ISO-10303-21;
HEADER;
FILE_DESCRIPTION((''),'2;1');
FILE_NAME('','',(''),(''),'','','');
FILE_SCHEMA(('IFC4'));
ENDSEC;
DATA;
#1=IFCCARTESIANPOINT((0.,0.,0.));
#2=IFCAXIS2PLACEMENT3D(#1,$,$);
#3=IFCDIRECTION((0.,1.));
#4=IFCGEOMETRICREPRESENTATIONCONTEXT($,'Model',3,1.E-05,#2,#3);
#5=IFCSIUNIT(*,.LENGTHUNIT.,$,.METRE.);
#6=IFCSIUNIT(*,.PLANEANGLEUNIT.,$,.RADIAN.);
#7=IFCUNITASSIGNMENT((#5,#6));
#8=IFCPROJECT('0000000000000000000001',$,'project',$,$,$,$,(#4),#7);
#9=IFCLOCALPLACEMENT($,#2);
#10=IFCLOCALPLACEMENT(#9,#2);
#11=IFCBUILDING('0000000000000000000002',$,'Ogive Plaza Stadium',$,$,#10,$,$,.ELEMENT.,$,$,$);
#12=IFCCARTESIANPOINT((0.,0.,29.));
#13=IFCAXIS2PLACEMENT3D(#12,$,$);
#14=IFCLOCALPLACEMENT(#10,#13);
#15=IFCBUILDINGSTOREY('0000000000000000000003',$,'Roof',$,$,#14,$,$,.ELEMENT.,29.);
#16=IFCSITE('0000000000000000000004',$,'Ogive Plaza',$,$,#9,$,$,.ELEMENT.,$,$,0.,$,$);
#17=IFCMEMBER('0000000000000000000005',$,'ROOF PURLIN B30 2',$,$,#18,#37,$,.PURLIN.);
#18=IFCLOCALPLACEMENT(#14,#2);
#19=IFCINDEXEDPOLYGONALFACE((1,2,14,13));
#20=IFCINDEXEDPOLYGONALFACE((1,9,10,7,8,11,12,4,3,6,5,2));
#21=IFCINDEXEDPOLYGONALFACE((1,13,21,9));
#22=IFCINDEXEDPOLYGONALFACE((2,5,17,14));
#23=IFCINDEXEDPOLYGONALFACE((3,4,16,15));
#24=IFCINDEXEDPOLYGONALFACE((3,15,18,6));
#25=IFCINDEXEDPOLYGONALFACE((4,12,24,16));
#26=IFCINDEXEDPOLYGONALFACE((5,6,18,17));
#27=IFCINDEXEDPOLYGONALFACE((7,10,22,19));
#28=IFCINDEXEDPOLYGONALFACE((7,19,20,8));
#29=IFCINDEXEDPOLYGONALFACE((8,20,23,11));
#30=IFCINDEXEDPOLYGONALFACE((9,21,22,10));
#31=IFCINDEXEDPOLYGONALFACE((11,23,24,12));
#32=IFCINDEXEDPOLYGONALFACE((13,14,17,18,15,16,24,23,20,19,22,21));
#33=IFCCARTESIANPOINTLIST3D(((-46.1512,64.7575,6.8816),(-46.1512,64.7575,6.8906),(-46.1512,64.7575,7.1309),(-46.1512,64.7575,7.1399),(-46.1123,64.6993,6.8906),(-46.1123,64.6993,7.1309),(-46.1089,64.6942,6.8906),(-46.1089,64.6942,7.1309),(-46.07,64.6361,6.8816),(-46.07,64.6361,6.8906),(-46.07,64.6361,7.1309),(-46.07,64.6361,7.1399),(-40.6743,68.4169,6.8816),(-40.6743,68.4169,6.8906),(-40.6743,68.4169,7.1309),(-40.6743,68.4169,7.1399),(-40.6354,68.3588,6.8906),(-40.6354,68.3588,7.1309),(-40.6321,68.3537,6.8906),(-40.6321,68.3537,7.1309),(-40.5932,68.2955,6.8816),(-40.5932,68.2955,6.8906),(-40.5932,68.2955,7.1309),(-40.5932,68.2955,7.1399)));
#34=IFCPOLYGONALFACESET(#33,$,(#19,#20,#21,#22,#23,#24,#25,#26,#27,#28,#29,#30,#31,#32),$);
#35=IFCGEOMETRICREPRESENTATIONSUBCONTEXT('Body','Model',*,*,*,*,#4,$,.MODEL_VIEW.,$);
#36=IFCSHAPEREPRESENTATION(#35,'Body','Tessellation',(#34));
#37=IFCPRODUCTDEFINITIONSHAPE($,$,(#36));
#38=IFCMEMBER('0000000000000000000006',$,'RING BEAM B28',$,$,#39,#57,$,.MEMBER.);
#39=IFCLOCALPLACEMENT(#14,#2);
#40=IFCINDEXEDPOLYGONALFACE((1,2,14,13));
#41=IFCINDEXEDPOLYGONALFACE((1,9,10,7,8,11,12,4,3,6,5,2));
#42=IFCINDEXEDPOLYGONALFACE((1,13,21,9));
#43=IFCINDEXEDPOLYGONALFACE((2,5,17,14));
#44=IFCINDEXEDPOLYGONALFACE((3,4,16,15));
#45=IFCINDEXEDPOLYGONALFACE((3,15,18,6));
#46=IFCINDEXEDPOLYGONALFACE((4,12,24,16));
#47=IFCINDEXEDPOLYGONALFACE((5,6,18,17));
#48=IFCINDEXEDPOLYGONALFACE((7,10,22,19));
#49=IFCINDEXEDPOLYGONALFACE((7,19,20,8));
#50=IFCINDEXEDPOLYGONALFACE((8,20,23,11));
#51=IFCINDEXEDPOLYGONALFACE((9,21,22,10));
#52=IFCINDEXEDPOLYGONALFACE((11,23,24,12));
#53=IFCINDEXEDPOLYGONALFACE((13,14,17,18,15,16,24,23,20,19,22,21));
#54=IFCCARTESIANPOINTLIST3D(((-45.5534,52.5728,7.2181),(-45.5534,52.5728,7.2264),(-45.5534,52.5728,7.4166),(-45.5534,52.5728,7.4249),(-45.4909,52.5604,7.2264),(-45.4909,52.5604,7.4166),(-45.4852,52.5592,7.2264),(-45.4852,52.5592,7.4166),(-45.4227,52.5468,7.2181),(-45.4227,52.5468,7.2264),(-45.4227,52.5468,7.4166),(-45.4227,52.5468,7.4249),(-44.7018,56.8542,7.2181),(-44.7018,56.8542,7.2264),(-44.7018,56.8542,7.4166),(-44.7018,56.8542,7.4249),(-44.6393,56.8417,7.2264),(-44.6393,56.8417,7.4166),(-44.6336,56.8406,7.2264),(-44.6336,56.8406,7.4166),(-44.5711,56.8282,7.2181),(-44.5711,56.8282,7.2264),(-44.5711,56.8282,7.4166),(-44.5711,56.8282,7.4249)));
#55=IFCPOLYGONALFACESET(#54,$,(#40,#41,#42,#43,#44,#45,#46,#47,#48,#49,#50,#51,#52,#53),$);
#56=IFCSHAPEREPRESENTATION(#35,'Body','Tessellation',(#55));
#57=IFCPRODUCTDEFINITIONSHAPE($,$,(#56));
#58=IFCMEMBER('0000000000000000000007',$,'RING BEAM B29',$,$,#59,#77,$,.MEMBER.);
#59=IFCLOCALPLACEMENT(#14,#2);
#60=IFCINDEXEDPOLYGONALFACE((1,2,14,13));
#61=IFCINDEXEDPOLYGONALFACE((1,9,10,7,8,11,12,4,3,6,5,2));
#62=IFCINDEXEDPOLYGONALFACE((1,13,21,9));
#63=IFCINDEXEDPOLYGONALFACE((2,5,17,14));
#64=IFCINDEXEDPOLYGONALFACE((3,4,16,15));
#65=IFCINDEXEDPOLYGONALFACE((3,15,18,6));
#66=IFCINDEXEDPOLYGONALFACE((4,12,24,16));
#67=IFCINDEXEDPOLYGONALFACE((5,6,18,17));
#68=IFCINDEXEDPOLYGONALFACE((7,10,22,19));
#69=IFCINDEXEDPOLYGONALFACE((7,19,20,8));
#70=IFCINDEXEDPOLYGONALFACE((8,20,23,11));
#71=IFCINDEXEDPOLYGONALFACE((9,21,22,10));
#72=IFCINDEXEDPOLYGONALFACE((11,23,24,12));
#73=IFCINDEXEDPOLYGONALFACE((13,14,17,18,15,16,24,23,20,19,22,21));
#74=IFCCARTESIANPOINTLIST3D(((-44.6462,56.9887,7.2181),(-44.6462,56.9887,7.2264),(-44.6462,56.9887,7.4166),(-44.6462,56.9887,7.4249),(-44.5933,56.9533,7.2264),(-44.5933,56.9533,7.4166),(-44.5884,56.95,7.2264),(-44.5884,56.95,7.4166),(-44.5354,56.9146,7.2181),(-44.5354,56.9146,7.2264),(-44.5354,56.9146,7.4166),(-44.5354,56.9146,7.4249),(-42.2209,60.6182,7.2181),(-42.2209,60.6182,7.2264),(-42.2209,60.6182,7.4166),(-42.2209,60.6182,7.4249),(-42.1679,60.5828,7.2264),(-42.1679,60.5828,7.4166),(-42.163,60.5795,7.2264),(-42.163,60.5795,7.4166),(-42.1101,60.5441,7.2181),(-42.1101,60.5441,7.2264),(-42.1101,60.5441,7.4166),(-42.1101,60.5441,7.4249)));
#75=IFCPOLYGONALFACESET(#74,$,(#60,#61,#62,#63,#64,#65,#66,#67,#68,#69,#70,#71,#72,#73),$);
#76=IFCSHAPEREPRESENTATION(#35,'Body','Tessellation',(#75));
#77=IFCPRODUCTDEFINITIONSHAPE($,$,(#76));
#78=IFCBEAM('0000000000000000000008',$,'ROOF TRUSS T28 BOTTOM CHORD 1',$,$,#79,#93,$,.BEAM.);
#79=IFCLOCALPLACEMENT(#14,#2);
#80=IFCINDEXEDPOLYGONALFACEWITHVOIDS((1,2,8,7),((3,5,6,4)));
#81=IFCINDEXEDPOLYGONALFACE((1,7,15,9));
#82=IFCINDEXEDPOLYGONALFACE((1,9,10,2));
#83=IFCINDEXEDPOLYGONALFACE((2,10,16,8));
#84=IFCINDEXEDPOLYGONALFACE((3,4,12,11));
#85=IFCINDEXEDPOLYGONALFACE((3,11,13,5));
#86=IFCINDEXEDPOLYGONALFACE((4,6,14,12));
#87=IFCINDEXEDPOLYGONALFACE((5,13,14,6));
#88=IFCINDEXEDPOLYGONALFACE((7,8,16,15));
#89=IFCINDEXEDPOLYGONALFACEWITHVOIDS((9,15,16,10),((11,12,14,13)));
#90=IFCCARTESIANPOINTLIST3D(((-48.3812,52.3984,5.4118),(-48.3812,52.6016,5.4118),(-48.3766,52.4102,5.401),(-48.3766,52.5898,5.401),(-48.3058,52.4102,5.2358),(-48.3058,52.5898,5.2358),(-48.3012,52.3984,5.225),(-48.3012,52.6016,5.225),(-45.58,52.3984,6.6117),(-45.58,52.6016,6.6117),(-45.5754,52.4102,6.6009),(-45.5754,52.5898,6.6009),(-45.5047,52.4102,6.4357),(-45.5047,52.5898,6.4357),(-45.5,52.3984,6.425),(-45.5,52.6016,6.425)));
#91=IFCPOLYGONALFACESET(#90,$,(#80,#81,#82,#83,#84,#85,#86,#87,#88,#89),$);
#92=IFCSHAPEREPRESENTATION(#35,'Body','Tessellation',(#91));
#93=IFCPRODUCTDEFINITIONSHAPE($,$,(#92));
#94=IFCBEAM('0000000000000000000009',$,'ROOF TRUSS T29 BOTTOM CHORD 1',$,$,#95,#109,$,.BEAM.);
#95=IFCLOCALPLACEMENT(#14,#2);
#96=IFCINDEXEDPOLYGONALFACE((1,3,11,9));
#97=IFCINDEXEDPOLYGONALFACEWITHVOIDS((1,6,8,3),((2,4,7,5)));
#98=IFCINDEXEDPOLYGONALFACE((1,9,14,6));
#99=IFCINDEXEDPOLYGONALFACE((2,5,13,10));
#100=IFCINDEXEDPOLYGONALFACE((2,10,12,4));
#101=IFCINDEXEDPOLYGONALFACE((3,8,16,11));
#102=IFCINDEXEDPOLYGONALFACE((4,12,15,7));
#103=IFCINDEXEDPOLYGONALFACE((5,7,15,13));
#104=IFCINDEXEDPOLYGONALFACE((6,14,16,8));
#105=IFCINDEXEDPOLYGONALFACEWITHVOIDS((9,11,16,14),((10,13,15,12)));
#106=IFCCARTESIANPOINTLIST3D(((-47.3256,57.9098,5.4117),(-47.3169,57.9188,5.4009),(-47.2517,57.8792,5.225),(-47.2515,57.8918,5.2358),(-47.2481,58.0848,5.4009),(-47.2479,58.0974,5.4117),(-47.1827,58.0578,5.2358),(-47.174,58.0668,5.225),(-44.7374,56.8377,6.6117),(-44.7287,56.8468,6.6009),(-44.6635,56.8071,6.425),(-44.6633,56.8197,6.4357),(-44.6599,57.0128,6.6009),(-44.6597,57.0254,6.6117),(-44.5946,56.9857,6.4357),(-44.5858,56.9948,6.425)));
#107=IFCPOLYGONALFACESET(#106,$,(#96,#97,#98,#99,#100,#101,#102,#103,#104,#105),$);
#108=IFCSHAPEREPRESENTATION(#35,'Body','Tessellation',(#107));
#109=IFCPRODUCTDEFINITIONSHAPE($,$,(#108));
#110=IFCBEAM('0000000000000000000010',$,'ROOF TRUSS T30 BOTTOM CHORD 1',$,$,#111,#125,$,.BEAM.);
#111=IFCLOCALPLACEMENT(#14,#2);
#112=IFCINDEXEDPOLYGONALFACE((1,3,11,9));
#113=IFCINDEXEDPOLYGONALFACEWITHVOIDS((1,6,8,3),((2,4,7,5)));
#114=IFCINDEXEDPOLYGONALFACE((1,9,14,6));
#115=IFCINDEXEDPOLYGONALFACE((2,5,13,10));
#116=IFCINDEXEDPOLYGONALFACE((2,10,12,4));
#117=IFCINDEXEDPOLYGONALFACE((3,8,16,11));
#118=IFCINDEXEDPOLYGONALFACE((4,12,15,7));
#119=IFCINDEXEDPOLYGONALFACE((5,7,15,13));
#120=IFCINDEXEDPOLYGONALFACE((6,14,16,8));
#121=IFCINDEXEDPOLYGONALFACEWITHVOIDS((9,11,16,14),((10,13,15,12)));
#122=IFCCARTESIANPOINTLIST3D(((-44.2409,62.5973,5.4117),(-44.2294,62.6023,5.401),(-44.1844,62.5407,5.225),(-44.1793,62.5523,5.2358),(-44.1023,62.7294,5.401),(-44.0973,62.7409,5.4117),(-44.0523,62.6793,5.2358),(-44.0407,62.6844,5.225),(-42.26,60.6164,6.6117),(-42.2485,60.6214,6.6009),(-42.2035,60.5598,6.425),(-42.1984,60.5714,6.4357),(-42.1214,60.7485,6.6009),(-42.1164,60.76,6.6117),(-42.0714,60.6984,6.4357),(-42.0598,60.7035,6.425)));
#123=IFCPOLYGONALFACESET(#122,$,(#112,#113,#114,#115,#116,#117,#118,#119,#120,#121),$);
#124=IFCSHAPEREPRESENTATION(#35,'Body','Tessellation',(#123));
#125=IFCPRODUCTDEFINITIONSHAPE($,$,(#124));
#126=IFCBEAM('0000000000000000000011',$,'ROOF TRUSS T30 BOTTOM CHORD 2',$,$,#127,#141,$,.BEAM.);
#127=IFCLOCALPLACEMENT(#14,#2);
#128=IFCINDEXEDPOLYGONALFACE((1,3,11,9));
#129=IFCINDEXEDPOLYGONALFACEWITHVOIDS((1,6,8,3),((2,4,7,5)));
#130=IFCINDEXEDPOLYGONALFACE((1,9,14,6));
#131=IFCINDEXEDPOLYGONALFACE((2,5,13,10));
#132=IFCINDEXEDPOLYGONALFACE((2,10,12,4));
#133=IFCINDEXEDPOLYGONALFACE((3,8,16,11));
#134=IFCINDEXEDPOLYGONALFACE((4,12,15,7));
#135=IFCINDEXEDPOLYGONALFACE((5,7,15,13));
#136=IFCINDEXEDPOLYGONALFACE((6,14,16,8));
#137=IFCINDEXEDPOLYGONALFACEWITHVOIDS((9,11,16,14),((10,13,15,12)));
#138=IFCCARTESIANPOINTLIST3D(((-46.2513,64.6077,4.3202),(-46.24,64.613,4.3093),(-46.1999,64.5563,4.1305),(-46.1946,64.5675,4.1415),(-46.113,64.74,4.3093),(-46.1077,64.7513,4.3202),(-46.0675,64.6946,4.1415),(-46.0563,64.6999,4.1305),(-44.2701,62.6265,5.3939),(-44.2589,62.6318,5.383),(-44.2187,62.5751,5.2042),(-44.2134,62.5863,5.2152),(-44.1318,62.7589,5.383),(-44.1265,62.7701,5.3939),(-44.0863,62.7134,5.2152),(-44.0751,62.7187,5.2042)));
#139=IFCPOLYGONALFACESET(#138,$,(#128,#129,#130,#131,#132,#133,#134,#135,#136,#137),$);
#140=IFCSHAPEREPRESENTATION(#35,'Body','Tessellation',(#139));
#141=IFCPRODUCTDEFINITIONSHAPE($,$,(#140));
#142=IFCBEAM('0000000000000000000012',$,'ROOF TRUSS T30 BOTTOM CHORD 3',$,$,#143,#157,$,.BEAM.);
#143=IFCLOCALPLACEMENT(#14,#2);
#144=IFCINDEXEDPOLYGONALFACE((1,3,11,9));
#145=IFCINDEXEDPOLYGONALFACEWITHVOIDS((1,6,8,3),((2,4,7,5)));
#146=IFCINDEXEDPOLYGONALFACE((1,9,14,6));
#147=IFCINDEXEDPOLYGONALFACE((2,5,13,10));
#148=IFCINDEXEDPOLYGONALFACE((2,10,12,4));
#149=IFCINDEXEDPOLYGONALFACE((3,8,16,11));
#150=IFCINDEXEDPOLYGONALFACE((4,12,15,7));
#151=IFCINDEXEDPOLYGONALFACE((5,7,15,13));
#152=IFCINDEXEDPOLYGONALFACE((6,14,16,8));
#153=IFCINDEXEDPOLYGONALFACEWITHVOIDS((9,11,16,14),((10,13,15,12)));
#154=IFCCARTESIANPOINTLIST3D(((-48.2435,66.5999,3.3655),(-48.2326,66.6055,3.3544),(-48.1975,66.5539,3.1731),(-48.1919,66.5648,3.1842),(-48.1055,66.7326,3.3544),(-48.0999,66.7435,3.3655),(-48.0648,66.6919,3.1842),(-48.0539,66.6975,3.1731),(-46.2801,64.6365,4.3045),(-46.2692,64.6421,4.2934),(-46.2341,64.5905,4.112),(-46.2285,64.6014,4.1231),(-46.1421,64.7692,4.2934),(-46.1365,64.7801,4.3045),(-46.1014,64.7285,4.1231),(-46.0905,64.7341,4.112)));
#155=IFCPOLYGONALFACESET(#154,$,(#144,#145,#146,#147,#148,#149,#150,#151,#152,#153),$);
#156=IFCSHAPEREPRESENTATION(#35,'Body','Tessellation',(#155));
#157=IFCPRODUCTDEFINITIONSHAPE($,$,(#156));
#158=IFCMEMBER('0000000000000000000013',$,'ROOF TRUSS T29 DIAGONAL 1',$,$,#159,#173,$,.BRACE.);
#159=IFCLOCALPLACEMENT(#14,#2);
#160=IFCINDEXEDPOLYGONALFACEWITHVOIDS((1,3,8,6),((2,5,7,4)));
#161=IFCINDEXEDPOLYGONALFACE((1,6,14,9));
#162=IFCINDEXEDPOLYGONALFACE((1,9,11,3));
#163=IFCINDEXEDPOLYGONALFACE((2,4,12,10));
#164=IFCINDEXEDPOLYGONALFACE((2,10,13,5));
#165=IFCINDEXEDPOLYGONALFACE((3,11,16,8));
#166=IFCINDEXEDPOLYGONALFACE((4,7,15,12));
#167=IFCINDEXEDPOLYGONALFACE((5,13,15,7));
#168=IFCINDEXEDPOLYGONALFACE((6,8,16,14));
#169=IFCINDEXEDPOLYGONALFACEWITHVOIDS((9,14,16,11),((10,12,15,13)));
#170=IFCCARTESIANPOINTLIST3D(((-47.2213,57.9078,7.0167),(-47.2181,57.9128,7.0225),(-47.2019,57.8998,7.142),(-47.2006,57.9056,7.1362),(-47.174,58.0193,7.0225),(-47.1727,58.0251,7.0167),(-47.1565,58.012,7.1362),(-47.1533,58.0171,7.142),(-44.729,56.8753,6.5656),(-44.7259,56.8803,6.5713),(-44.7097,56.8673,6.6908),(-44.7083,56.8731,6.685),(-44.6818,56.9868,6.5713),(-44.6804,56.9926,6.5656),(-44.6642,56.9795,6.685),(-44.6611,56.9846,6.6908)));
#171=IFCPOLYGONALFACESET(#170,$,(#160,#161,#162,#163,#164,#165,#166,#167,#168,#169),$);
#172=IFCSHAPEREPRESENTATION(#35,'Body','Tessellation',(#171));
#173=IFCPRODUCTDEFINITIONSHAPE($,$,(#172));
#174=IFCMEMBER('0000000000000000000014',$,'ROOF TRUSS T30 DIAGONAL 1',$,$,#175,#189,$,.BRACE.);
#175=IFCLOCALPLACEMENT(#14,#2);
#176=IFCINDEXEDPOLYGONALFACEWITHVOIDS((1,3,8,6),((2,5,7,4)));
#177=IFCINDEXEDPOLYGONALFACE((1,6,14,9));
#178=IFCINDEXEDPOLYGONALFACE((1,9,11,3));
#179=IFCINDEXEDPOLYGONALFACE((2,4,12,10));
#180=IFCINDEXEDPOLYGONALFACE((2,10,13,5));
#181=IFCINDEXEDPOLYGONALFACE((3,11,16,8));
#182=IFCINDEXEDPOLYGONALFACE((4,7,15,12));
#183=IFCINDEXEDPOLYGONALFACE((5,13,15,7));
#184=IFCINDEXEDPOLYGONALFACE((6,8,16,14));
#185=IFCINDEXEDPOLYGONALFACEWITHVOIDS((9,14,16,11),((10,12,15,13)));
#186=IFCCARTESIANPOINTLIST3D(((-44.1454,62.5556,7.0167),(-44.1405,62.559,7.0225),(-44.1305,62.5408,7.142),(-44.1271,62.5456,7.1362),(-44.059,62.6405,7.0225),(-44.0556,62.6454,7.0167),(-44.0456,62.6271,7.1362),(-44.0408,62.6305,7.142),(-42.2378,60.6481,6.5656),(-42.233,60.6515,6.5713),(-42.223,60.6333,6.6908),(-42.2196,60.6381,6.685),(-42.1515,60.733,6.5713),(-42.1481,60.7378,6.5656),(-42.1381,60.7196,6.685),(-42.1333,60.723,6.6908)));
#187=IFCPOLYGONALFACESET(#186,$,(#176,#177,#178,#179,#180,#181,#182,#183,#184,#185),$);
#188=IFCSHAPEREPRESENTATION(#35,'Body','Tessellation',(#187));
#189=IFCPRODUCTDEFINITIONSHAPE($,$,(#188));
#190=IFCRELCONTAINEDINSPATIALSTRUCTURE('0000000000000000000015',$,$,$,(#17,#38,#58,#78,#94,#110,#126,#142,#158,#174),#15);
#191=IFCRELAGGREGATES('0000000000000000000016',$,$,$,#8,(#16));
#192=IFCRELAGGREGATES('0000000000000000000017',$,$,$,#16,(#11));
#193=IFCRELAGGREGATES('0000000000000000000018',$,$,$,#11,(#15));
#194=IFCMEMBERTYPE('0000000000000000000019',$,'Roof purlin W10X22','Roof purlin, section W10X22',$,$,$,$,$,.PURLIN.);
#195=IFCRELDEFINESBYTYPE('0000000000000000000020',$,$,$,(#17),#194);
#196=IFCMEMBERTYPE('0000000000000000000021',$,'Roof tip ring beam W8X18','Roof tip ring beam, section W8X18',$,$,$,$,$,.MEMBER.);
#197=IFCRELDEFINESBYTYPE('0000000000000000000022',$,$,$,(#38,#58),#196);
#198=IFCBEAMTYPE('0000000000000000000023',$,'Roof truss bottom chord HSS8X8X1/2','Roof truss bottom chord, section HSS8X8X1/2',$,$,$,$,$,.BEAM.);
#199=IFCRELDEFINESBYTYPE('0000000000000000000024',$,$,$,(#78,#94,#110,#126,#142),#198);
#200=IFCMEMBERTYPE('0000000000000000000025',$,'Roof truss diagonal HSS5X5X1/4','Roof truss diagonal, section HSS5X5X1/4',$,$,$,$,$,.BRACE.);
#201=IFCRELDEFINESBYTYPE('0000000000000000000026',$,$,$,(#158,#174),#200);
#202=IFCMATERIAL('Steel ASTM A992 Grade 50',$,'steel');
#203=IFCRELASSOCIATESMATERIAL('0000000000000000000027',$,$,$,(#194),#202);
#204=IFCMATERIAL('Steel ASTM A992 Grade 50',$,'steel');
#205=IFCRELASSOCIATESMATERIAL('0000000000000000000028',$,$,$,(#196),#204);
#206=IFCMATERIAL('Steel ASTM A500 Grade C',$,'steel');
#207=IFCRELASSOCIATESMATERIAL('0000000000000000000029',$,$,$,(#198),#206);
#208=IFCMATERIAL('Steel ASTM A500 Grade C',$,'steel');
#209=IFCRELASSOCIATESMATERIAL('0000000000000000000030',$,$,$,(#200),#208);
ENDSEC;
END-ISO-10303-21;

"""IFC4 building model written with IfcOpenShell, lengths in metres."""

from ifc_helpers import new_model, si_unit, direction, frame, origin, origin_2d, place, context, subcontext, project, spatial, hollow_rectangle, i_section, extrude, material, material_profile, profile_set, type_object, element, save


model = new_model("IFC4")

# Units and contexts
model_context = context("Model", 3, precision=1e-05, world=origin(), true_north=direction((0.0, 1.0)))
body_context = subcontext(model_context, "Body", "Model", "MODEL_VIEW")
ifc_project = project(units=[si_unit("LENGTHUNIT", "METRE"), si_unit("PLANEANGLEUNIT", "RADIAN")], contexts=[model_context])

# Site, building, storey
site_placement = place(None, origin())
site = spatial("IfcSite", under=ifc_project, at=site_placement, Name="Ogive Plaza", CompositionType="ELEMENT", RefElevation=0.0)
building_placement = place(site_placement, origin())
building = spatial("IfcBuilding", under=site, at=building_placement, Name="Ogive Plaza Stadium", CompositionType="ELEMENT")
storey_placement = place(building_placement, frame((0.0, 0.0, 29.0)))
storey = spatial("IfcBuildingStorey", under=building, at=storey_placement, Name="Roof", CompositionType="ELEMENT", Elevation=29.0)

# Members
ifc_material_1 = material(Name="Steel ASTM A992 Grade 50", Category="steel")
ifc_material_profile_1 = material_profile(ifc_material_1, i_section(OverallWidth=0.146, OverallDepth=0.2583, WebThickness=0.0061, FlangeThickness=0.009, at=origin_2d()), Name="W10X22")
ifc_profile_set_1 = profile_set([ifc_material_profile_1], Name="Steel ASTM A992 Grade 50")
member_type_1 = type_object("IfcMemberType", Name="Roof purlin W10X22", Description="Roof purlin, section W10X22", PredefinedType="PURLIN", material=ifc_profile_set_1)
member_1_placement = place(storey_placement, frame((-46.1106, 64.6968, 7.0107), z_axis=(0.831474, 0.555564, 0.0), x_axis=(-0.555564, 0.831474, 0.0)))
element("IfcMember", 1, at=member_1_placement, inside=storey, type_object=member_type_1, Name="ROOF PURLIN B30 2", PredefinedType="PURLIN", context=body_context, shape_type="SweptSolid", body=[
    extrude(i_section(OverallWidth=0.146, OverallDepth=0.2583, WebThickness=0.0061, FlangeThickness=0.009, at=origin_2d()), origin(), (0.0, 0.0, 1.0), 6.5869),
])
ifc_material_2 = material(Name="Steel ASTM A992 Grade 50", Category="steel")
ifc_material_profile_2 = material_profile(ifc_material_2, i_section(OverallWidth=0.1333, OverallDepth=0.2068, WebThickness=0.0059, FlangeThickness=0.0083, at=origin_2d()), Name="W8X18")
ifc_profile_set_2 = profile_set([ifc_material_profile_2], Name="Steel ASTM A992 Grade 50")
member_type_2 = type_object("IfcMemberType", Name="Roof tip ring beam W8X18", Description="Roof tip ring beam, section W8X18", PredefinedType="MEMBER", material=ifc_profile_set_2)
for number, where, z_axis, x_axis, name in (
    (2, (-45.488, 52.5598, 7.3215), (0.195083, 0.980787, 0.0), (-0.980787, 0.195083, 0.0), "RING BEAM B28"),
    (3, (-44.5908, 56.9517, 7.3215), (0.555603, 0.831447, 0.0), (-0.831447, 0.555603, 0.0), "RING BEAM B29"),
):
    element("IfcMember", number, at=place(storey_placement, frame(where, z_axis=z_axis, x_axis=x_axis)), inside=storey, type_object=member_type_2, Name=name, PredefinedType="MEMBER", context=body_context, shape_type="SweptSolid", body=[
        extrude(i_section(OverallWidth=0.1333, OverallDepth=0.2068, WebThickness=0.0059, FlangeThickness=0.0083, at=origin_2d()), origin(), (0.0, 0.0, 1.0), 4.3652),
    ])

# Beams
ifc_material_3 = material(Name="Steel ASTM A500 Grade C", Category="steel")
ifc_material_profile_3 = material_profile(ifc_material_3, hollow_rectangle(XDim=0.2031, YDim=0.2031, WallThickness=0.0117, at=origin_2d()), Name="HSS8X8X1/2")
ifc_profile_set_3 = profile_set([ifc_material_profile_3], Name="Steel ASTM A500 Grade C")
beam_type_1 = type_object("IfcBeamType", Name="Roof truss bottom chord HSS8X8X1/2", Description="Roof truss bottom chord, section HSS8X8X1/2", PredefinedType="BEAM", material=ifc_profile_set_3)
beam_1_placement = place(storey_placement, frame((-45.54, 52.5, 6.5183), z_axis=(-0.919215, 0.0, -0.393755), x_axis=(0.0, -1.0, 0.0)))
element("IfcBeam", 4, at=beam_1_placement, inside=storey, type_object=beam_type_1, Name="ROOF TRUSS T28 BOTTOM CHORD 1", PredefinedType="BEAM", context=body_context, shape_type="SweptSolid", body=[
    extrude(hollow_rectangle(XDim=0.2031, YDim=0.2031, WallThickness=0.0117, at=origin_2d()), origin(), (0.0, 0.0, 1.0), 3.0474),
])
for number, where, z_axis, x_axis, name in (
    (5, (-44.6616, 56.9163, 6.5183), (-0.849251, 0.351765, -0.393743), (-0.382678, -0.923882, 0.0), "ROOF TRUSS T29 BOTTOM CHORD 1"),
    (6, (-42.1599, 60.6599, 6.5183), (-0.649992, 0.649992, -0.393728), (-0.707107, -0.707107, 0.0), "ROOF TRUSS T30 BOTTOM CHORD 1"),
):
    element("IfcBeam", number, at=place(storey_placement, frame(where, z_axis=z_axis, x_axis=x_axis)), inside=storey, type_object=beam_type_1, Name=name, PredefinedType="BEAM", context=body_context, shape_type="SweptSolid", body=[
        extrude(hollow_rectangle(XDim=0.2031, YDim=0.2031, WallThickness=0.0117, at=origin_2d()), origin(), (0.0, 0.0, 1.0), 3.0476),
    ])
beam_2_placement = place(storey_placement, frame((-44.1726, 62.6726, 5.2991), z_axis=(-0.660283, 0.660283, -0.357846), x_axis=(-0.707107, -0.707107, 0.0)))
element("IfcBeam", 7, at=beam_2_placement, inside=storey, type_object=beam_type_1, Name="ROOF TRUSS T30 BOTTOM CHORD 2", PredefinedType="BEAM", context=body_context, shape_type="SweptSolid", body=[
    extrude(hollow_rectangle(XDim=0.2031, YDim=0.2031, WallThickness=0.0117, at=origin_2d()), origin(), (0.0, 0.0, 1.0), 3.0005),
])
beam_3_placement = place(storey_placement, frame((-46.1853, 64.6853, 4.2083), z_axis=(-0.669843, 0.669843, -0.320345), x_axis=(-0.707107, -0.707107, 0.0)))
element("IfcBeam", 8, at=beam_3_placement, inside=storey, type_object=beam_type_1, Name="ROOF TRUSS T30 BOTTOM CHORD 3", PredefinedType="BEAM", context=body_context, shape_type="SweptSolid", body=[
    extrude(hollow_rectangle(XDim=0.2031, YDim=0.2031, WallThickness=0.0117, at=origin_2d()), origin(), (0.0, 0.0, 1.0), 2.9312),
])

# Members
ifc_material_4 = material(Name="Steel ASTM A500 Grade C", Category="steel")
ifc_material_profile_4 = material_profile(ifc_material_4, hollow_rectangle(XDim=0.127, YDim=0.127, WallThickness=0.0059, at=origin_2d()), Name="HSS5X5X1/4")
ifc_profile_set_4 = profile_set([ifc_material_profile_4], Name="Steel ASTM A500 Grade C")
member_type_3 = type_object("IfcMemberType", Name="Roof truss diagonal HSS5X5X1/4", Description="Roof truss diagonal, section HSS5X5X1/4", PredefinedType="BRACE", material=ifc_profile_set_4)
for number, where, z_axis, x_axis, name in (
    (9, (-44.6951, 56.9299, 6.6282), (-0.9112, 0.377495, 0.164959), (-0.382738, -0.923857, 0.0), "ROOF TRUSS T29 DIAGONAL 1"),
    (10, (-42.1855, 60.6855, 6.6282), (-0.69742, 0.69742, 0.16496), (-0.707107, -0.707107, 0.0), "ROOF TRUSS T30 DIAGONAL 1"),
):
    element("IfcMember", number, at=place(storey_placement, frame(where, z_axis=z_axis, x_axis=x_axis)), inside=storey, type_object=member_type_3, Name=name, PredefinedType="BRACE", context=body_context, shape_type="SweptSolid", body=[
        extrude(hollow_rectangle(XDim=0.127, YDim=0.127, WallThickness=0.0059, at=origin_2d()), origin(), (0.0, 0.0, 1.0), 2.7351),
    ])

save(model, "model.ifc")
